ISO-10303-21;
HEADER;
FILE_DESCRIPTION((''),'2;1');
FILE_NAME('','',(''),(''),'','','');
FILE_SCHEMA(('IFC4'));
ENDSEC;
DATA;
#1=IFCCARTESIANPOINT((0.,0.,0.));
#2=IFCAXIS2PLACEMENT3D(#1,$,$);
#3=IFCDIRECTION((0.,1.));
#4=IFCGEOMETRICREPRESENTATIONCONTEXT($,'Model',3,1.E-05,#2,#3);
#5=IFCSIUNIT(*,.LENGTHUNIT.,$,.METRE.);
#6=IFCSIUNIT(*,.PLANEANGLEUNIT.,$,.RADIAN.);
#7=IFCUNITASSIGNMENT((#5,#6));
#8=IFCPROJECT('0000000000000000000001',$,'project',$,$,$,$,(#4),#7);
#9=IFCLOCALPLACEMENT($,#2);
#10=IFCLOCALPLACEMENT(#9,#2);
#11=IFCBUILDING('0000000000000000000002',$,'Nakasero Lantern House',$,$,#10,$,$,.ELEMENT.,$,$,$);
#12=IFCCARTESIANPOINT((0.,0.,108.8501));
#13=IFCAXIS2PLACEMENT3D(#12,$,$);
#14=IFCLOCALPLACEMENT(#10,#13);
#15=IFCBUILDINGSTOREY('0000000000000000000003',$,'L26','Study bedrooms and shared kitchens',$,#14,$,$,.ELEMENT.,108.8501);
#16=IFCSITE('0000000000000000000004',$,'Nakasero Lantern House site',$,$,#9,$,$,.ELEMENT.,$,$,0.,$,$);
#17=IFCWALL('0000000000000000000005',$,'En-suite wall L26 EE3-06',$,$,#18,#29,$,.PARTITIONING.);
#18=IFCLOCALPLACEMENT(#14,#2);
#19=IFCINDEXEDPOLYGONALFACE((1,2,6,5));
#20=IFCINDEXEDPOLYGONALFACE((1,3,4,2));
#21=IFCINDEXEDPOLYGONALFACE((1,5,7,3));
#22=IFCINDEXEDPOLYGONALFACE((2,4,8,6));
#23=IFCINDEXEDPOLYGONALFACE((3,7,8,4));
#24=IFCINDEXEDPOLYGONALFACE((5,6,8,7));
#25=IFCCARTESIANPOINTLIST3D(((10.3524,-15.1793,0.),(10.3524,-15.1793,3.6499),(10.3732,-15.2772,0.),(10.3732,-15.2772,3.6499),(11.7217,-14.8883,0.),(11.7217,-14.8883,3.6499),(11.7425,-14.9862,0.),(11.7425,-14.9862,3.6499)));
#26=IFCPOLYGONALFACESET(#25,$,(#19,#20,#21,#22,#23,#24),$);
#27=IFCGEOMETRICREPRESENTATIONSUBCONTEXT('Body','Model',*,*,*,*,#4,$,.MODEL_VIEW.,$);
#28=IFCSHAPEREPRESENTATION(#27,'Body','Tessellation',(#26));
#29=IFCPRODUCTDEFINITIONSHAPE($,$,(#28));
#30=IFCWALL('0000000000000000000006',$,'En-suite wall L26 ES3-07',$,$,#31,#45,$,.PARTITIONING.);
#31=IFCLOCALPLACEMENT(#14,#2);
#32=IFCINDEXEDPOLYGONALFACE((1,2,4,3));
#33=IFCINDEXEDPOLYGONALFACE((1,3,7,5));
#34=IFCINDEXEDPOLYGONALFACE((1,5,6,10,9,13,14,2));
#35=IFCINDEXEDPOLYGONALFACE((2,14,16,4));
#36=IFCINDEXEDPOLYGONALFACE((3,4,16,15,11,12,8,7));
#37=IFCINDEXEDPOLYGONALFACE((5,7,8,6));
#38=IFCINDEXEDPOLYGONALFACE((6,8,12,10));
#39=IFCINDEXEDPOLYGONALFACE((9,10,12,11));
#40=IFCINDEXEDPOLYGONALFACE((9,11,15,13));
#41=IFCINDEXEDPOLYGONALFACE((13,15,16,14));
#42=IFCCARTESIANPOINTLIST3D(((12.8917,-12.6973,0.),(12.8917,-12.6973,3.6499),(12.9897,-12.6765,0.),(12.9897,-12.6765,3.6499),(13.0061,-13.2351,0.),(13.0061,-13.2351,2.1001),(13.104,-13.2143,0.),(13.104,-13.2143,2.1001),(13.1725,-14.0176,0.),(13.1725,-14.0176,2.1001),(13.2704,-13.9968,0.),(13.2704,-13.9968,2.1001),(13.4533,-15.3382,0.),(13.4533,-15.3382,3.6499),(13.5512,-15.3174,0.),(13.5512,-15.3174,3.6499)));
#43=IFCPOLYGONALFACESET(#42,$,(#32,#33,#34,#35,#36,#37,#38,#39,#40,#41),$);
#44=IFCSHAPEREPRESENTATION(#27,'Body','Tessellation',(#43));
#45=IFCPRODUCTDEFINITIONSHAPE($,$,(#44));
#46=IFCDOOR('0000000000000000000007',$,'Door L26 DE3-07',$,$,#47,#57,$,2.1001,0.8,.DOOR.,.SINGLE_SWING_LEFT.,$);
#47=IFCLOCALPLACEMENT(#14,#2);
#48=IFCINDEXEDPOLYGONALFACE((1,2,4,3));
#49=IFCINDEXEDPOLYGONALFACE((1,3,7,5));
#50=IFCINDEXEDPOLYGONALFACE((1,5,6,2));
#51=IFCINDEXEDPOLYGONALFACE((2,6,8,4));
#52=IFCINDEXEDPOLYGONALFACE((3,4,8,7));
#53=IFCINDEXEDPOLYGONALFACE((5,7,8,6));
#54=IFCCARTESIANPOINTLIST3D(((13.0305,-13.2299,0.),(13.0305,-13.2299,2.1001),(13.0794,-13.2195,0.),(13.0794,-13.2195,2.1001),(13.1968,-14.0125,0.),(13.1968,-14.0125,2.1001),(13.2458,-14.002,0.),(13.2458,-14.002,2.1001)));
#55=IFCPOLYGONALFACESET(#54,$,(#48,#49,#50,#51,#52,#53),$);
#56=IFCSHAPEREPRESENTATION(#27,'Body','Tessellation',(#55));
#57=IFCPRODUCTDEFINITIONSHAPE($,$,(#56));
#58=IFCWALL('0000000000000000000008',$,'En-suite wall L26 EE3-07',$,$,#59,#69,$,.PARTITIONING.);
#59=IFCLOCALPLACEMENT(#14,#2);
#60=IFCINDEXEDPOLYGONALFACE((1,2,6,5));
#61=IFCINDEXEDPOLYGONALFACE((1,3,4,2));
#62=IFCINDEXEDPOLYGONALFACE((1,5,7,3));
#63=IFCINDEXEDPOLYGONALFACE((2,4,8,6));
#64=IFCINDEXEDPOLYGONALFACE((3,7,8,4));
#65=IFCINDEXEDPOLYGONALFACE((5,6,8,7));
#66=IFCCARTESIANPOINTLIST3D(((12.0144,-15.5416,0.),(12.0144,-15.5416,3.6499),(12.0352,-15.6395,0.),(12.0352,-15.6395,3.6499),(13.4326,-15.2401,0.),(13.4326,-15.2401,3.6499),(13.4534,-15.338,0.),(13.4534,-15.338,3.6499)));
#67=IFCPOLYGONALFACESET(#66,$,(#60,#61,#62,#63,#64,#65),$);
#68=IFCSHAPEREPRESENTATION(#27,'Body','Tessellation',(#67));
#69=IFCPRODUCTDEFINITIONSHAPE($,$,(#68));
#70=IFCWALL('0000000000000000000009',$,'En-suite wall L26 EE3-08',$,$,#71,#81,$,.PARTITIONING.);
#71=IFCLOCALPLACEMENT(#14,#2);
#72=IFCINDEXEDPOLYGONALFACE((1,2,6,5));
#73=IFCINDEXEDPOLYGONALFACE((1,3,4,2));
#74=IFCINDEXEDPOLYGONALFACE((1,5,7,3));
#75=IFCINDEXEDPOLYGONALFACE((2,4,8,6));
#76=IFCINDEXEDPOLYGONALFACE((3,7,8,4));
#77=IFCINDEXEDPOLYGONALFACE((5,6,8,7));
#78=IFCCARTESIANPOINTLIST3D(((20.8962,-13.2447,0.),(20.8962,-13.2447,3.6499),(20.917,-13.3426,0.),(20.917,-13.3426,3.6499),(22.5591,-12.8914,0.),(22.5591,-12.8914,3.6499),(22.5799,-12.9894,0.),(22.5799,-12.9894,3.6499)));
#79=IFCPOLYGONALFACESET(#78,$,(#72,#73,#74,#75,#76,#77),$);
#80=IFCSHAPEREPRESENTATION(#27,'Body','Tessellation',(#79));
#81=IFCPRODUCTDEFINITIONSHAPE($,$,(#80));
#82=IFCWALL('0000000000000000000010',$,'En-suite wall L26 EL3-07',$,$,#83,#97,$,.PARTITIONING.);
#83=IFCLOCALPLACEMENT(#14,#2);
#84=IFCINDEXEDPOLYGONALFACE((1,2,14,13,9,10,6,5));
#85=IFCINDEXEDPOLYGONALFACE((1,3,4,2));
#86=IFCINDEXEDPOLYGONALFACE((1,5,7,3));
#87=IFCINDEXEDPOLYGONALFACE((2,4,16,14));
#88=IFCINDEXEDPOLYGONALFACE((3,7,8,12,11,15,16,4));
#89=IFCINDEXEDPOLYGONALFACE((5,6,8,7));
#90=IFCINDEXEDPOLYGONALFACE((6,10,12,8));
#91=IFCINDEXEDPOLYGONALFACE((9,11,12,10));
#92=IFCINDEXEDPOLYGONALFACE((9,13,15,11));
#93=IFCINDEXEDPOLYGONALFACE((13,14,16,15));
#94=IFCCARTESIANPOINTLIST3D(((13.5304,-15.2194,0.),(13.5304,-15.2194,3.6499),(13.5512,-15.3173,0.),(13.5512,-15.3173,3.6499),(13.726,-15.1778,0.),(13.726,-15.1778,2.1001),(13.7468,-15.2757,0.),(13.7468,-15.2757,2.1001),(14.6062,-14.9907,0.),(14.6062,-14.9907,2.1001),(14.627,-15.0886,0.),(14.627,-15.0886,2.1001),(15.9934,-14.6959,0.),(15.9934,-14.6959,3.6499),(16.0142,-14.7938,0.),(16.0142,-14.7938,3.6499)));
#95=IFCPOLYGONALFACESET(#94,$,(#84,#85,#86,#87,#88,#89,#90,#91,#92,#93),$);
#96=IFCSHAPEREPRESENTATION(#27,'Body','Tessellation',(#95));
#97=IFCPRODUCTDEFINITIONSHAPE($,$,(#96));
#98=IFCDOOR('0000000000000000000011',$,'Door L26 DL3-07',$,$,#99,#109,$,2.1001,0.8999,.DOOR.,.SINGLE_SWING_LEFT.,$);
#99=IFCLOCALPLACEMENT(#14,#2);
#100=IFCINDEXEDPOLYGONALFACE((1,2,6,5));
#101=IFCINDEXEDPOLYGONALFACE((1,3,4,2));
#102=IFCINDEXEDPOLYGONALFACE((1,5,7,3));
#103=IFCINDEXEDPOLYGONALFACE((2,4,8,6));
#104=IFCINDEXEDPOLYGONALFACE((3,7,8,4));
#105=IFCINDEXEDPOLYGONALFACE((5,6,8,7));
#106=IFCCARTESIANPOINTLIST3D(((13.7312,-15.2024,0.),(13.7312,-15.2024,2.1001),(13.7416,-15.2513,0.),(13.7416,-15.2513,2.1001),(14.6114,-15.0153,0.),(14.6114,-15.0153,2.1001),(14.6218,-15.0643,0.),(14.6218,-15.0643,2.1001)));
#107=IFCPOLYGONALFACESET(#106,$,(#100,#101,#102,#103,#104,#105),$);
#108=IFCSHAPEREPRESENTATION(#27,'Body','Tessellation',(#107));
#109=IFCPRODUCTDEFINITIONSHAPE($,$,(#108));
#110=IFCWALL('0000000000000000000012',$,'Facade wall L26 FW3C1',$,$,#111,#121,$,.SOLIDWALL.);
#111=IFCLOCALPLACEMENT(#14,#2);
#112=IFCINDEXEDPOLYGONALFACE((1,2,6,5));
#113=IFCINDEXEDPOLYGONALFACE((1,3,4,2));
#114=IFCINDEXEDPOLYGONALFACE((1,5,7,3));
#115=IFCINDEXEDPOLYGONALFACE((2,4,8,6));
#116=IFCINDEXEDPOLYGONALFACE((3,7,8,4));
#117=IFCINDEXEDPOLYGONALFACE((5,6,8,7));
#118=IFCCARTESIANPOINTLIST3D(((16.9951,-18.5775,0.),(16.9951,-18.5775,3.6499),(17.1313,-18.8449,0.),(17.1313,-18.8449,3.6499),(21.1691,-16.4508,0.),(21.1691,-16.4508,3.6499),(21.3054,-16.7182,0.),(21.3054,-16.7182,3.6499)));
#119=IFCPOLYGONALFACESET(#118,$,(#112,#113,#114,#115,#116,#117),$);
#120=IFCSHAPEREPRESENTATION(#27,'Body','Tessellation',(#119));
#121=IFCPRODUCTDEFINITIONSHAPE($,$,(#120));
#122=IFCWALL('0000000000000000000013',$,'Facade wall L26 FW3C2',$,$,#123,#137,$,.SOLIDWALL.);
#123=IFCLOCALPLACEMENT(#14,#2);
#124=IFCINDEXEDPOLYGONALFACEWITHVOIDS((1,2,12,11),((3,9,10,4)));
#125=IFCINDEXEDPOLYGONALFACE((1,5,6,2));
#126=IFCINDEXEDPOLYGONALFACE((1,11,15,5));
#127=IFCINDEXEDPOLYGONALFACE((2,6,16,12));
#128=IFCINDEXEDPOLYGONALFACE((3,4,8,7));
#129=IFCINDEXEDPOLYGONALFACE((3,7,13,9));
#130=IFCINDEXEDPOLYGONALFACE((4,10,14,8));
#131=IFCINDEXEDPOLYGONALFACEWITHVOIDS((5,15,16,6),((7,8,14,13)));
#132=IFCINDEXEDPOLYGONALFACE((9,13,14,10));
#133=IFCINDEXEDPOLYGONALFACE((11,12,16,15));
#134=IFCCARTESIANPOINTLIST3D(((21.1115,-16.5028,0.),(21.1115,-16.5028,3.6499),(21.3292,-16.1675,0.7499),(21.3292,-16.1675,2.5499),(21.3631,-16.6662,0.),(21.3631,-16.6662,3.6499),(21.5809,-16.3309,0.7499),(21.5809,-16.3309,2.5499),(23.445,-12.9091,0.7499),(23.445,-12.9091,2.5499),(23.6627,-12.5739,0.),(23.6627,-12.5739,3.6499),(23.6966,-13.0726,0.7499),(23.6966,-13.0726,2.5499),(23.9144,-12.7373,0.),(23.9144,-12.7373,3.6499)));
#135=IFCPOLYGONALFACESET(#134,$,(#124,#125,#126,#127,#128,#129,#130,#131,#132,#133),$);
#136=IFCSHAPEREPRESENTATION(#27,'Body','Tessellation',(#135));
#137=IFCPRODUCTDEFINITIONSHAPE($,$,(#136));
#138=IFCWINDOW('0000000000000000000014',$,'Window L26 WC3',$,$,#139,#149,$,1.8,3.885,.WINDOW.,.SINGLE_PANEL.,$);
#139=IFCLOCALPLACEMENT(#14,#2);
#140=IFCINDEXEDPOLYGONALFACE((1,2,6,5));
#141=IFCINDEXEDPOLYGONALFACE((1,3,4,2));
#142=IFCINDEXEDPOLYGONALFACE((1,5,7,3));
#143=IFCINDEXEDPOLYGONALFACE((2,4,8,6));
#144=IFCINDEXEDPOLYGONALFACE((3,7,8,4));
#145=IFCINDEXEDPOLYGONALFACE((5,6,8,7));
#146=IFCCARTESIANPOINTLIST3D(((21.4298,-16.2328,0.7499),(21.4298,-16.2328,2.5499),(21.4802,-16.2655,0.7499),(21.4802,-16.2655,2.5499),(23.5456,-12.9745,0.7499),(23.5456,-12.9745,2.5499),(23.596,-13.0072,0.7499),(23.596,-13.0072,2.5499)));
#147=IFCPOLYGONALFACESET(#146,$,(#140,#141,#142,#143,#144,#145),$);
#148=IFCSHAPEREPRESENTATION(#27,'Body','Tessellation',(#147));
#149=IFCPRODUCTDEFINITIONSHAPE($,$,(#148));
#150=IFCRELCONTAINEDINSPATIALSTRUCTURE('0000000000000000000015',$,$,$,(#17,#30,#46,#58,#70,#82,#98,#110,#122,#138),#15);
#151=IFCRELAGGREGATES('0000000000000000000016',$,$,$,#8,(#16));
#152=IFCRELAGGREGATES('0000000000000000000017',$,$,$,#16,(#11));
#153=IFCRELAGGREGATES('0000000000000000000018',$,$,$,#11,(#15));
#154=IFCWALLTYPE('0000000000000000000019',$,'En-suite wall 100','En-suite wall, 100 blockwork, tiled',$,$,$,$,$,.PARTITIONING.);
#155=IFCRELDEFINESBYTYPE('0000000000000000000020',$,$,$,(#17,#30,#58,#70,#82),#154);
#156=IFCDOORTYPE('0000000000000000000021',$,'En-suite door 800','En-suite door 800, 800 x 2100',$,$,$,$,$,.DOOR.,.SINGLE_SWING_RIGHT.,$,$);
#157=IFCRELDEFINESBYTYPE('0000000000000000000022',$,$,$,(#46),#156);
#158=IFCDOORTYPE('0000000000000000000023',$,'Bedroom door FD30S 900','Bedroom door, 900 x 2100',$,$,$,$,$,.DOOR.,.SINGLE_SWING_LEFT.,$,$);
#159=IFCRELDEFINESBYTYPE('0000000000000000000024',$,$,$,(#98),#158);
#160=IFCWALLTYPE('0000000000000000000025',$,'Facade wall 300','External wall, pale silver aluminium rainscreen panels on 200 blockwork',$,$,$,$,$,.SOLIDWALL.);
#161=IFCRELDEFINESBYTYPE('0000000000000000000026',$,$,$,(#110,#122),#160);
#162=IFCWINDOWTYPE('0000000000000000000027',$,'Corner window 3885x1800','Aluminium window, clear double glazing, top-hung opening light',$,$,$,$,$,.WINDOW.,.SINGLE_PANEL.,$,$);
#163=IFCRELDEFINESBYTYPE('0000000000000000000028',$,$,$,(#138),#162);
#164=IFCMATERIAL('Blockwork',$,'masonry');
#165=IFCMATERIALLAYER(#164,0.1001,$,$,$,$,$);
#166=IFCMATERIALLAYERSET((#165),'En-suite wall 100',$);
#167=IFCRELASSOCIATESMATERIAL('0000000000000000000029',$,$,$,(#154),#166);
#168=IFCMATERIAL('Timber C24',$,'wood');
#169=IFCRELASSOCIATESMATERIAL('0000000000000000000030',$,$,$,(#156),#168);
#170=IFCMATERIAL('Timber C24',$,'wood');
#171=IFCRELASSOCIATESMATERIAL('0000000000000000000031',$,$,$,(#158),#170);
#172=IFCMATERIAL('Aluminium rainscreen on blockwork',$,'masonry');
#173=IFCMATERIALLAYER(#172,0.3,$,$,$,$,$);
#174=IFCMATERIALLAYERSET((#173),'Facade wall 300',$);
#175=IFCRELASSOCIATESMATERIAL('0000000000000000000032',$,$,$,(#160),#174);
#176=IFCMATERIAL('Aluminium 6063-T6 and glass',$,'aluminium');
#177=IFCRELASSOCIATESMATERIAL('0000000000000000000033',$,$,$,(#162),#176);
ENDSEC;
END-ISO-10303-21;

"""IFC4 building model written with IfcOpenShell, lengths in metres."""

from ifc_helpers import new_model, si_unit, direction, frame, frame_2d, origin, place, context, subcontext, project, spatial, rectangle, extrude, material, layer, layer_set, type_object, element, fill, save


model = new_model("IFC4")

# Units and contexts
model_context = context("Model", 3, precision=1e-05, world=origin(), true_north=direction((0.0, 1.0)))
body_context = subcontext(model_context, "Body", "Model", "MODEL_VIEW")
ifc_project = project(units=[si_unit("LENGTHUNIT", "METRE"), si_unit("PLANEANGLEUNIT", "RADIAN")], contexts=[model_context])

# Site, building, storey
site_placement = place(None, origin())
site = spatial("IfcSite", under=ifc_project, at=site_placement, Name="Nakasero Lantern House site", CompositionType="ELEMENT", RefElevation=0.0)
building_placement = place(site_placement, origin())
building = spatial("IfcBuilding", under=site, at=building_placement, Name="Nakasero Lantern House", CompositionType="ELEMENT")
storey_placement = place(building_placement, frame((0.0, 0.0, 108.8501)))
storey = spatial("IfcBuildingStorey", under=building, at=storey_placement, Name="L26", Description="Study bedrooms and shared kitchens", CompositionType="ELEMENT", Elevation=108.8501)

# Shared definitions
ifc_material_1 = material(Name="Blockwork", Category="masonry")
ifc_layer_1 = layer(ifc_material_1, 0.1001)
ifc_layer_set_1 = layer_set([ifc_layer_1], Name="En-suite wall 100")
wall_type_1 = type_object("IfcWallType", Name="En-suite wall 100", Description="En-suite wall, 100 blockwork, tiled", PredefinedType="PARTITIONING", material=ifc_layer_set_1)
ifc_material_2 = material(Name="Timber C24", Category="wood")
door_type_1 = type_object("IfcDoorType", Name="En-suite door 800", Description="En-suite door 800, 800 x 2100", OperationType="SINGLE_SWING_RIGHT", PredefinedType="DOOR", material=ifc_material_2)

# Wall
wall_1_placement = place(storey_placement, frame((10.3628, -15.2283, 0.0), z_axis=(0.0, 0.0, 1.0), x_axis=(0.978156, 0.207873, 0.0)))
element("IfcWall", 1, at=wall_1_placement, inside=storey, type_object=wall_type_1, Name="En-suite wall L26 EE3-06", PredefinedType="PARTITIONING", context=body_context, shape_type="SweptSolid", body=[
    extrude(rectangle(XDim=1.3999, YDim=0.1001, at=frame_2d((0.7, 0.0))), origin(), (0.0, 0.0, 1.0), 3.6499),
])

# Wall, opening, door
wall_2_placement = place(storey_placement, frame((12.9407, -12.6868, 0.0), z_axis=(0.0, 0.0, 1.0), x_axis=(0.207979, -0.978133, 0.0)))
wall_2 = element("IfcWall", 2, at=wall_2_placement, inside=storey, type_object=wall_type_1, Name="En-suite wall L26 ES3-07", PredefinedType="PARTITIONING", context=body_context, shape_type="SweptSolid", body=[
    extrude(rectangle(XDim=2.7, YDim=0.1001, at=frame_2d((1.3501, 0.0))), origin(), (0.0, 0.0, 1.0), 3.6499),
])
opening_1_placement = place(wall_2_placement, frame((0.55, 0.0, 0.0)))
opening_1 = element("IfcOpeningElement", 3, at=opening_1_placement, cuts=wall_2, PredefinedType="OPENING", context=body_context, shape_type="SweptSolid", body=[
    extrude(rectangle(XDim=0.8, YDim=2.1001, at=frame_2d((0.3999, 1.05))), frame((0.0, 0.0701, 0.0), z_axis=(0.0, -1.0, 0.0), x_axis=(1.0, 0.0, 0.0)), (0.0, 0.0, 1.0), 0.1401),
])
door_1_placement = place(opening_1_placement, origin())
door_1 = element("IfcDoor", 4, at=door_1_placement, inside=storey, type_object=door_type_1, Name="Door L26 DE3-07", OperationType="SINGLE_SWING_LEFT", OverallHeight=2.1001, OverallWidth=0.8, PredefinedType="DOOR", context=body_context, shape_type="SweptSolid", body=[
    extrude(rectangle(XDim=0.8, YDim=2.1001, at=frame_2d((0.3999, 1.05))), frame((0.0, 0.0249, 0.0), z_axis=(0.0, -1.0, 0.0), x_axis=(1.0, 0.0, 0.0)), (0.0, 0.0, 1.0), 0.05),
])
fill(opening_1, door_1)

# Walls
wall_3_placement = place(storey_placement, frame((12.0247, -15.5906, 0.0), z_axis=(0.0, 0.0, 1.0), x_axis=(0.978139, 0.207953, 0.0)))
element("IfcWall", 5, at=wall_3_placement, inside=storey, type_object=wall_type_1, Name="En-suite wall L26 EE3-07", PredefinedType="PARTITIONING", context=body_context, shape_type="SweptSolid", body=[
    extrude(rectangle(XDim=1.45, YDim=0.1001, at=frame_2d((0.7251, 0.0))), origin(), (0.0, 0.0, 1.0), 3.6499),
])
wall_4_placement = place(storey_placement, frame((20.9065, -13.2937, 0.0), z_axis=(0.0, 0.0, 1.0), x_axis=(0.978169, 0.207812, 0.0)))
element("IfcWall", 6, at=wall_4_placement, inside=storey, type_object=wall_type_1, Name="En-suite wall L26 EE3-08", PredefinedType="PARTITIONING", context=body_context, shape_type="SweptSolid", body=[
    extrude(rectangle(XDim=1.7, YDim=0.1001, at=frame_2d((0.8501, 0.0))), origin(), (0.0, 0.0, 1.0), 3.6499),
])

# Wall, opening, door
wall_5_placement = place(storey_placement, frame((13.5408, -15.2683, 0.0), z_axis=(0.0, 0.0, 1.0), x_axis=(0.978157, 0.207867, 0.0)))
wall_5 = element("IfcWall", 7, at=wall_5_placement, inside=storey, type_object=wall_type_1, Name="En-suite wall L26 EL3-07", PredefinedType="PARTITIONING", context=body_context, shape_type="SweptSolid", body=[
    extrude(rectangle(XDim=2.5181, YDim=0.1001, at=frame_2d((1.259, 0.0))), origin(), (0.0, 0.0, 1.0), 3.6499),
])
opening_2_placement = place(wall_5_placement, frame((0.2, 0.0, 0.0)))
opening_2 = element("IfcOpeningElement", 8, at=opening_2_placement, cuts=wall_5, PredefinedType="OPENING", context=body_context, shape_type="SweptSolid", body=[
    extrude(rectangle(XDim=0.8999, YDim=2.1001, at=frame_2d((0.45, 1.05))), frame((0.0, 0.0701, 0.0), z_axis=(0.0, -1.0, 0.0), x_axis=(1.0, 0.0, 0.0)), (0.0, 0.0, 1.0), 0.1401),
])
ifc_material_3 = material(Name="Timber C24", Category="wood")
door_type_2 = type_object("IfcDoorType", Name="Bedroom door FD30S 900", Description="Bedroom door, 900 x 2100", OperationType="SINGLE_SWING_LEFT", PredefinedType="DOOR", material=ifc_material_3)
door_2_placement = place(opening_2_placement, origin())
door_2 = element("IfcDoor", 9, at=door_2_placement, inside=storey, type_object=door_type_2, Name="Door L26 DL3-07", OperationType="SINGLE_SWING_LEFT", OverallHeight=2.1001, OverallWidth=0.8999, PredefinedType="DOOR", context=body_context, shape_type="SweptSolid", body=[
    extrude(rectangle(XDim=0.8999, YDim=2.1001, at=frame_2d((0.45, 1.05))), frame((0.0, 0.0249, 0.0), z_axis=(0.0, -1.0, 0.0), x_axis=(1.0, 0.0, 0.0)), (0.0, 0.0, 1.0), 0.05),
])
fill(opening_2, door_2)

# Wall
ifc_material_4 = material(Name="Aluminium rainscreen on blockwork", Category="masonry")
ifc_layer_2 = layer(ifc_material_4, 0.3)
ifc_layer_set_2 = layer_set([ifc_layer_2], Name="Facade wall 300")
wall_type_2 = type_object("IfcWallType", Name="Facade wall 300", Description="External wall, pale silver aluminium rainscreen panels on 200 blockwork", PredefinedType="SOLIDWALL", material=ifc_layer_set_2)
wall_6_placement = place(storey_placement, frame((17.0632, -18.7112, 0.0), z_axis=(0.0, 0.0, 1.0), x_axis=(0.891014, 0.453976, 0.0)))
element("IfcWall", 10, at=wall_6_placement, inside=storey, type_object=wall_type_2, Name="Facade wall L26 FW3C1", PredefinedType="SOLIDWALL", context=body_context, shape_type="SweptSolid", body=[
    extrude(rectangle(XDim=4.6846, YDim=0.3, at=frame_2d((2.3423, 0.0))), origin(), (0.0, 0.0, 1.0), 3.6499),
])

# Wall, opening, window
wall_7_placement = place(storey_placement, frame((21.2373, -16.5845, 0.0), z_axis=(0.0, 0.0, 1.0), x_axis=(0.544605, 0.838692, 0.0)))
wall_7 = element("IfcWall", 11, at=wall_7_placement, inside=storey, type_object=wall_type_2, Name="Facade wall L26 FW3C2", PredefinedType="SOLIDWALL", context=body_context, shape_type="SweptSolid", body=[
    extrude(rectangle(XDim=4.6846, YDim=0.3, at=frame_2d((2.3423, 0.0))), origin(), (0.0, 0.0, 1.0), 3.6499),
])
opening_3_placement = place(wall_7_placement, frame((0.3999, 0.0, 0.75)))
opening_3 = element("IfcOpeningElement", 12, at=opening_3_placement, cuts=wall_7, PredefinedType="OPENING", context=body_context, shape_type="SweptSolid", body=[
    extrude(rectangle(XDim=3.885, YDim=1.8, at=frame_2d((1.9424, 0.8999))), frame((0.0, 0.1699, 0.0), z_axis=(0.0, -1.0, 0.0), x_axis=(1.0, 0.0, 0.0)), (0.0, 0.0, 1.0), 0.3401),
])
ifc_material_5 = material(Name="Aluminium 6063-T6 and glass", Category="aluminium")
window_type_1 = type_object("IfcWindowType", Name="Corner window 3885x1800", Description="Aluminium window, clear double glazing, top-hung opening light", PartitioningType="SINGLE_PANEL", PredefinedType="WINDOW", material=ifc_material_5)
window_1_placement = place(opening_3_placement, origin())
window_1 = element("IfcWindow", 13, at=window_1_placement, inside=storey, type_object=window_type_1, Name="Window L26 WC3", OverallHeight=1.8, OverallWidth=3.885, PartitioningType="SINGLE_PANEL", PredefinedType="WINDOW", context=body_context, shape_type="SweptSolid", body=[
    extrude(rectangle(XDim=3.885, YDim=1.8, at=frame_2d((1.9424, 0.8999))), frame((0.0, 0.03, 0.0), z_axis=(0.0, -1.0, 0.0), x_axis=(1.0, 0.0, 0.0)), (0.0, 0.0, 1.0), 0.0601),
])
fill(opening_3, window_1)

save(model, "model.ifc")
